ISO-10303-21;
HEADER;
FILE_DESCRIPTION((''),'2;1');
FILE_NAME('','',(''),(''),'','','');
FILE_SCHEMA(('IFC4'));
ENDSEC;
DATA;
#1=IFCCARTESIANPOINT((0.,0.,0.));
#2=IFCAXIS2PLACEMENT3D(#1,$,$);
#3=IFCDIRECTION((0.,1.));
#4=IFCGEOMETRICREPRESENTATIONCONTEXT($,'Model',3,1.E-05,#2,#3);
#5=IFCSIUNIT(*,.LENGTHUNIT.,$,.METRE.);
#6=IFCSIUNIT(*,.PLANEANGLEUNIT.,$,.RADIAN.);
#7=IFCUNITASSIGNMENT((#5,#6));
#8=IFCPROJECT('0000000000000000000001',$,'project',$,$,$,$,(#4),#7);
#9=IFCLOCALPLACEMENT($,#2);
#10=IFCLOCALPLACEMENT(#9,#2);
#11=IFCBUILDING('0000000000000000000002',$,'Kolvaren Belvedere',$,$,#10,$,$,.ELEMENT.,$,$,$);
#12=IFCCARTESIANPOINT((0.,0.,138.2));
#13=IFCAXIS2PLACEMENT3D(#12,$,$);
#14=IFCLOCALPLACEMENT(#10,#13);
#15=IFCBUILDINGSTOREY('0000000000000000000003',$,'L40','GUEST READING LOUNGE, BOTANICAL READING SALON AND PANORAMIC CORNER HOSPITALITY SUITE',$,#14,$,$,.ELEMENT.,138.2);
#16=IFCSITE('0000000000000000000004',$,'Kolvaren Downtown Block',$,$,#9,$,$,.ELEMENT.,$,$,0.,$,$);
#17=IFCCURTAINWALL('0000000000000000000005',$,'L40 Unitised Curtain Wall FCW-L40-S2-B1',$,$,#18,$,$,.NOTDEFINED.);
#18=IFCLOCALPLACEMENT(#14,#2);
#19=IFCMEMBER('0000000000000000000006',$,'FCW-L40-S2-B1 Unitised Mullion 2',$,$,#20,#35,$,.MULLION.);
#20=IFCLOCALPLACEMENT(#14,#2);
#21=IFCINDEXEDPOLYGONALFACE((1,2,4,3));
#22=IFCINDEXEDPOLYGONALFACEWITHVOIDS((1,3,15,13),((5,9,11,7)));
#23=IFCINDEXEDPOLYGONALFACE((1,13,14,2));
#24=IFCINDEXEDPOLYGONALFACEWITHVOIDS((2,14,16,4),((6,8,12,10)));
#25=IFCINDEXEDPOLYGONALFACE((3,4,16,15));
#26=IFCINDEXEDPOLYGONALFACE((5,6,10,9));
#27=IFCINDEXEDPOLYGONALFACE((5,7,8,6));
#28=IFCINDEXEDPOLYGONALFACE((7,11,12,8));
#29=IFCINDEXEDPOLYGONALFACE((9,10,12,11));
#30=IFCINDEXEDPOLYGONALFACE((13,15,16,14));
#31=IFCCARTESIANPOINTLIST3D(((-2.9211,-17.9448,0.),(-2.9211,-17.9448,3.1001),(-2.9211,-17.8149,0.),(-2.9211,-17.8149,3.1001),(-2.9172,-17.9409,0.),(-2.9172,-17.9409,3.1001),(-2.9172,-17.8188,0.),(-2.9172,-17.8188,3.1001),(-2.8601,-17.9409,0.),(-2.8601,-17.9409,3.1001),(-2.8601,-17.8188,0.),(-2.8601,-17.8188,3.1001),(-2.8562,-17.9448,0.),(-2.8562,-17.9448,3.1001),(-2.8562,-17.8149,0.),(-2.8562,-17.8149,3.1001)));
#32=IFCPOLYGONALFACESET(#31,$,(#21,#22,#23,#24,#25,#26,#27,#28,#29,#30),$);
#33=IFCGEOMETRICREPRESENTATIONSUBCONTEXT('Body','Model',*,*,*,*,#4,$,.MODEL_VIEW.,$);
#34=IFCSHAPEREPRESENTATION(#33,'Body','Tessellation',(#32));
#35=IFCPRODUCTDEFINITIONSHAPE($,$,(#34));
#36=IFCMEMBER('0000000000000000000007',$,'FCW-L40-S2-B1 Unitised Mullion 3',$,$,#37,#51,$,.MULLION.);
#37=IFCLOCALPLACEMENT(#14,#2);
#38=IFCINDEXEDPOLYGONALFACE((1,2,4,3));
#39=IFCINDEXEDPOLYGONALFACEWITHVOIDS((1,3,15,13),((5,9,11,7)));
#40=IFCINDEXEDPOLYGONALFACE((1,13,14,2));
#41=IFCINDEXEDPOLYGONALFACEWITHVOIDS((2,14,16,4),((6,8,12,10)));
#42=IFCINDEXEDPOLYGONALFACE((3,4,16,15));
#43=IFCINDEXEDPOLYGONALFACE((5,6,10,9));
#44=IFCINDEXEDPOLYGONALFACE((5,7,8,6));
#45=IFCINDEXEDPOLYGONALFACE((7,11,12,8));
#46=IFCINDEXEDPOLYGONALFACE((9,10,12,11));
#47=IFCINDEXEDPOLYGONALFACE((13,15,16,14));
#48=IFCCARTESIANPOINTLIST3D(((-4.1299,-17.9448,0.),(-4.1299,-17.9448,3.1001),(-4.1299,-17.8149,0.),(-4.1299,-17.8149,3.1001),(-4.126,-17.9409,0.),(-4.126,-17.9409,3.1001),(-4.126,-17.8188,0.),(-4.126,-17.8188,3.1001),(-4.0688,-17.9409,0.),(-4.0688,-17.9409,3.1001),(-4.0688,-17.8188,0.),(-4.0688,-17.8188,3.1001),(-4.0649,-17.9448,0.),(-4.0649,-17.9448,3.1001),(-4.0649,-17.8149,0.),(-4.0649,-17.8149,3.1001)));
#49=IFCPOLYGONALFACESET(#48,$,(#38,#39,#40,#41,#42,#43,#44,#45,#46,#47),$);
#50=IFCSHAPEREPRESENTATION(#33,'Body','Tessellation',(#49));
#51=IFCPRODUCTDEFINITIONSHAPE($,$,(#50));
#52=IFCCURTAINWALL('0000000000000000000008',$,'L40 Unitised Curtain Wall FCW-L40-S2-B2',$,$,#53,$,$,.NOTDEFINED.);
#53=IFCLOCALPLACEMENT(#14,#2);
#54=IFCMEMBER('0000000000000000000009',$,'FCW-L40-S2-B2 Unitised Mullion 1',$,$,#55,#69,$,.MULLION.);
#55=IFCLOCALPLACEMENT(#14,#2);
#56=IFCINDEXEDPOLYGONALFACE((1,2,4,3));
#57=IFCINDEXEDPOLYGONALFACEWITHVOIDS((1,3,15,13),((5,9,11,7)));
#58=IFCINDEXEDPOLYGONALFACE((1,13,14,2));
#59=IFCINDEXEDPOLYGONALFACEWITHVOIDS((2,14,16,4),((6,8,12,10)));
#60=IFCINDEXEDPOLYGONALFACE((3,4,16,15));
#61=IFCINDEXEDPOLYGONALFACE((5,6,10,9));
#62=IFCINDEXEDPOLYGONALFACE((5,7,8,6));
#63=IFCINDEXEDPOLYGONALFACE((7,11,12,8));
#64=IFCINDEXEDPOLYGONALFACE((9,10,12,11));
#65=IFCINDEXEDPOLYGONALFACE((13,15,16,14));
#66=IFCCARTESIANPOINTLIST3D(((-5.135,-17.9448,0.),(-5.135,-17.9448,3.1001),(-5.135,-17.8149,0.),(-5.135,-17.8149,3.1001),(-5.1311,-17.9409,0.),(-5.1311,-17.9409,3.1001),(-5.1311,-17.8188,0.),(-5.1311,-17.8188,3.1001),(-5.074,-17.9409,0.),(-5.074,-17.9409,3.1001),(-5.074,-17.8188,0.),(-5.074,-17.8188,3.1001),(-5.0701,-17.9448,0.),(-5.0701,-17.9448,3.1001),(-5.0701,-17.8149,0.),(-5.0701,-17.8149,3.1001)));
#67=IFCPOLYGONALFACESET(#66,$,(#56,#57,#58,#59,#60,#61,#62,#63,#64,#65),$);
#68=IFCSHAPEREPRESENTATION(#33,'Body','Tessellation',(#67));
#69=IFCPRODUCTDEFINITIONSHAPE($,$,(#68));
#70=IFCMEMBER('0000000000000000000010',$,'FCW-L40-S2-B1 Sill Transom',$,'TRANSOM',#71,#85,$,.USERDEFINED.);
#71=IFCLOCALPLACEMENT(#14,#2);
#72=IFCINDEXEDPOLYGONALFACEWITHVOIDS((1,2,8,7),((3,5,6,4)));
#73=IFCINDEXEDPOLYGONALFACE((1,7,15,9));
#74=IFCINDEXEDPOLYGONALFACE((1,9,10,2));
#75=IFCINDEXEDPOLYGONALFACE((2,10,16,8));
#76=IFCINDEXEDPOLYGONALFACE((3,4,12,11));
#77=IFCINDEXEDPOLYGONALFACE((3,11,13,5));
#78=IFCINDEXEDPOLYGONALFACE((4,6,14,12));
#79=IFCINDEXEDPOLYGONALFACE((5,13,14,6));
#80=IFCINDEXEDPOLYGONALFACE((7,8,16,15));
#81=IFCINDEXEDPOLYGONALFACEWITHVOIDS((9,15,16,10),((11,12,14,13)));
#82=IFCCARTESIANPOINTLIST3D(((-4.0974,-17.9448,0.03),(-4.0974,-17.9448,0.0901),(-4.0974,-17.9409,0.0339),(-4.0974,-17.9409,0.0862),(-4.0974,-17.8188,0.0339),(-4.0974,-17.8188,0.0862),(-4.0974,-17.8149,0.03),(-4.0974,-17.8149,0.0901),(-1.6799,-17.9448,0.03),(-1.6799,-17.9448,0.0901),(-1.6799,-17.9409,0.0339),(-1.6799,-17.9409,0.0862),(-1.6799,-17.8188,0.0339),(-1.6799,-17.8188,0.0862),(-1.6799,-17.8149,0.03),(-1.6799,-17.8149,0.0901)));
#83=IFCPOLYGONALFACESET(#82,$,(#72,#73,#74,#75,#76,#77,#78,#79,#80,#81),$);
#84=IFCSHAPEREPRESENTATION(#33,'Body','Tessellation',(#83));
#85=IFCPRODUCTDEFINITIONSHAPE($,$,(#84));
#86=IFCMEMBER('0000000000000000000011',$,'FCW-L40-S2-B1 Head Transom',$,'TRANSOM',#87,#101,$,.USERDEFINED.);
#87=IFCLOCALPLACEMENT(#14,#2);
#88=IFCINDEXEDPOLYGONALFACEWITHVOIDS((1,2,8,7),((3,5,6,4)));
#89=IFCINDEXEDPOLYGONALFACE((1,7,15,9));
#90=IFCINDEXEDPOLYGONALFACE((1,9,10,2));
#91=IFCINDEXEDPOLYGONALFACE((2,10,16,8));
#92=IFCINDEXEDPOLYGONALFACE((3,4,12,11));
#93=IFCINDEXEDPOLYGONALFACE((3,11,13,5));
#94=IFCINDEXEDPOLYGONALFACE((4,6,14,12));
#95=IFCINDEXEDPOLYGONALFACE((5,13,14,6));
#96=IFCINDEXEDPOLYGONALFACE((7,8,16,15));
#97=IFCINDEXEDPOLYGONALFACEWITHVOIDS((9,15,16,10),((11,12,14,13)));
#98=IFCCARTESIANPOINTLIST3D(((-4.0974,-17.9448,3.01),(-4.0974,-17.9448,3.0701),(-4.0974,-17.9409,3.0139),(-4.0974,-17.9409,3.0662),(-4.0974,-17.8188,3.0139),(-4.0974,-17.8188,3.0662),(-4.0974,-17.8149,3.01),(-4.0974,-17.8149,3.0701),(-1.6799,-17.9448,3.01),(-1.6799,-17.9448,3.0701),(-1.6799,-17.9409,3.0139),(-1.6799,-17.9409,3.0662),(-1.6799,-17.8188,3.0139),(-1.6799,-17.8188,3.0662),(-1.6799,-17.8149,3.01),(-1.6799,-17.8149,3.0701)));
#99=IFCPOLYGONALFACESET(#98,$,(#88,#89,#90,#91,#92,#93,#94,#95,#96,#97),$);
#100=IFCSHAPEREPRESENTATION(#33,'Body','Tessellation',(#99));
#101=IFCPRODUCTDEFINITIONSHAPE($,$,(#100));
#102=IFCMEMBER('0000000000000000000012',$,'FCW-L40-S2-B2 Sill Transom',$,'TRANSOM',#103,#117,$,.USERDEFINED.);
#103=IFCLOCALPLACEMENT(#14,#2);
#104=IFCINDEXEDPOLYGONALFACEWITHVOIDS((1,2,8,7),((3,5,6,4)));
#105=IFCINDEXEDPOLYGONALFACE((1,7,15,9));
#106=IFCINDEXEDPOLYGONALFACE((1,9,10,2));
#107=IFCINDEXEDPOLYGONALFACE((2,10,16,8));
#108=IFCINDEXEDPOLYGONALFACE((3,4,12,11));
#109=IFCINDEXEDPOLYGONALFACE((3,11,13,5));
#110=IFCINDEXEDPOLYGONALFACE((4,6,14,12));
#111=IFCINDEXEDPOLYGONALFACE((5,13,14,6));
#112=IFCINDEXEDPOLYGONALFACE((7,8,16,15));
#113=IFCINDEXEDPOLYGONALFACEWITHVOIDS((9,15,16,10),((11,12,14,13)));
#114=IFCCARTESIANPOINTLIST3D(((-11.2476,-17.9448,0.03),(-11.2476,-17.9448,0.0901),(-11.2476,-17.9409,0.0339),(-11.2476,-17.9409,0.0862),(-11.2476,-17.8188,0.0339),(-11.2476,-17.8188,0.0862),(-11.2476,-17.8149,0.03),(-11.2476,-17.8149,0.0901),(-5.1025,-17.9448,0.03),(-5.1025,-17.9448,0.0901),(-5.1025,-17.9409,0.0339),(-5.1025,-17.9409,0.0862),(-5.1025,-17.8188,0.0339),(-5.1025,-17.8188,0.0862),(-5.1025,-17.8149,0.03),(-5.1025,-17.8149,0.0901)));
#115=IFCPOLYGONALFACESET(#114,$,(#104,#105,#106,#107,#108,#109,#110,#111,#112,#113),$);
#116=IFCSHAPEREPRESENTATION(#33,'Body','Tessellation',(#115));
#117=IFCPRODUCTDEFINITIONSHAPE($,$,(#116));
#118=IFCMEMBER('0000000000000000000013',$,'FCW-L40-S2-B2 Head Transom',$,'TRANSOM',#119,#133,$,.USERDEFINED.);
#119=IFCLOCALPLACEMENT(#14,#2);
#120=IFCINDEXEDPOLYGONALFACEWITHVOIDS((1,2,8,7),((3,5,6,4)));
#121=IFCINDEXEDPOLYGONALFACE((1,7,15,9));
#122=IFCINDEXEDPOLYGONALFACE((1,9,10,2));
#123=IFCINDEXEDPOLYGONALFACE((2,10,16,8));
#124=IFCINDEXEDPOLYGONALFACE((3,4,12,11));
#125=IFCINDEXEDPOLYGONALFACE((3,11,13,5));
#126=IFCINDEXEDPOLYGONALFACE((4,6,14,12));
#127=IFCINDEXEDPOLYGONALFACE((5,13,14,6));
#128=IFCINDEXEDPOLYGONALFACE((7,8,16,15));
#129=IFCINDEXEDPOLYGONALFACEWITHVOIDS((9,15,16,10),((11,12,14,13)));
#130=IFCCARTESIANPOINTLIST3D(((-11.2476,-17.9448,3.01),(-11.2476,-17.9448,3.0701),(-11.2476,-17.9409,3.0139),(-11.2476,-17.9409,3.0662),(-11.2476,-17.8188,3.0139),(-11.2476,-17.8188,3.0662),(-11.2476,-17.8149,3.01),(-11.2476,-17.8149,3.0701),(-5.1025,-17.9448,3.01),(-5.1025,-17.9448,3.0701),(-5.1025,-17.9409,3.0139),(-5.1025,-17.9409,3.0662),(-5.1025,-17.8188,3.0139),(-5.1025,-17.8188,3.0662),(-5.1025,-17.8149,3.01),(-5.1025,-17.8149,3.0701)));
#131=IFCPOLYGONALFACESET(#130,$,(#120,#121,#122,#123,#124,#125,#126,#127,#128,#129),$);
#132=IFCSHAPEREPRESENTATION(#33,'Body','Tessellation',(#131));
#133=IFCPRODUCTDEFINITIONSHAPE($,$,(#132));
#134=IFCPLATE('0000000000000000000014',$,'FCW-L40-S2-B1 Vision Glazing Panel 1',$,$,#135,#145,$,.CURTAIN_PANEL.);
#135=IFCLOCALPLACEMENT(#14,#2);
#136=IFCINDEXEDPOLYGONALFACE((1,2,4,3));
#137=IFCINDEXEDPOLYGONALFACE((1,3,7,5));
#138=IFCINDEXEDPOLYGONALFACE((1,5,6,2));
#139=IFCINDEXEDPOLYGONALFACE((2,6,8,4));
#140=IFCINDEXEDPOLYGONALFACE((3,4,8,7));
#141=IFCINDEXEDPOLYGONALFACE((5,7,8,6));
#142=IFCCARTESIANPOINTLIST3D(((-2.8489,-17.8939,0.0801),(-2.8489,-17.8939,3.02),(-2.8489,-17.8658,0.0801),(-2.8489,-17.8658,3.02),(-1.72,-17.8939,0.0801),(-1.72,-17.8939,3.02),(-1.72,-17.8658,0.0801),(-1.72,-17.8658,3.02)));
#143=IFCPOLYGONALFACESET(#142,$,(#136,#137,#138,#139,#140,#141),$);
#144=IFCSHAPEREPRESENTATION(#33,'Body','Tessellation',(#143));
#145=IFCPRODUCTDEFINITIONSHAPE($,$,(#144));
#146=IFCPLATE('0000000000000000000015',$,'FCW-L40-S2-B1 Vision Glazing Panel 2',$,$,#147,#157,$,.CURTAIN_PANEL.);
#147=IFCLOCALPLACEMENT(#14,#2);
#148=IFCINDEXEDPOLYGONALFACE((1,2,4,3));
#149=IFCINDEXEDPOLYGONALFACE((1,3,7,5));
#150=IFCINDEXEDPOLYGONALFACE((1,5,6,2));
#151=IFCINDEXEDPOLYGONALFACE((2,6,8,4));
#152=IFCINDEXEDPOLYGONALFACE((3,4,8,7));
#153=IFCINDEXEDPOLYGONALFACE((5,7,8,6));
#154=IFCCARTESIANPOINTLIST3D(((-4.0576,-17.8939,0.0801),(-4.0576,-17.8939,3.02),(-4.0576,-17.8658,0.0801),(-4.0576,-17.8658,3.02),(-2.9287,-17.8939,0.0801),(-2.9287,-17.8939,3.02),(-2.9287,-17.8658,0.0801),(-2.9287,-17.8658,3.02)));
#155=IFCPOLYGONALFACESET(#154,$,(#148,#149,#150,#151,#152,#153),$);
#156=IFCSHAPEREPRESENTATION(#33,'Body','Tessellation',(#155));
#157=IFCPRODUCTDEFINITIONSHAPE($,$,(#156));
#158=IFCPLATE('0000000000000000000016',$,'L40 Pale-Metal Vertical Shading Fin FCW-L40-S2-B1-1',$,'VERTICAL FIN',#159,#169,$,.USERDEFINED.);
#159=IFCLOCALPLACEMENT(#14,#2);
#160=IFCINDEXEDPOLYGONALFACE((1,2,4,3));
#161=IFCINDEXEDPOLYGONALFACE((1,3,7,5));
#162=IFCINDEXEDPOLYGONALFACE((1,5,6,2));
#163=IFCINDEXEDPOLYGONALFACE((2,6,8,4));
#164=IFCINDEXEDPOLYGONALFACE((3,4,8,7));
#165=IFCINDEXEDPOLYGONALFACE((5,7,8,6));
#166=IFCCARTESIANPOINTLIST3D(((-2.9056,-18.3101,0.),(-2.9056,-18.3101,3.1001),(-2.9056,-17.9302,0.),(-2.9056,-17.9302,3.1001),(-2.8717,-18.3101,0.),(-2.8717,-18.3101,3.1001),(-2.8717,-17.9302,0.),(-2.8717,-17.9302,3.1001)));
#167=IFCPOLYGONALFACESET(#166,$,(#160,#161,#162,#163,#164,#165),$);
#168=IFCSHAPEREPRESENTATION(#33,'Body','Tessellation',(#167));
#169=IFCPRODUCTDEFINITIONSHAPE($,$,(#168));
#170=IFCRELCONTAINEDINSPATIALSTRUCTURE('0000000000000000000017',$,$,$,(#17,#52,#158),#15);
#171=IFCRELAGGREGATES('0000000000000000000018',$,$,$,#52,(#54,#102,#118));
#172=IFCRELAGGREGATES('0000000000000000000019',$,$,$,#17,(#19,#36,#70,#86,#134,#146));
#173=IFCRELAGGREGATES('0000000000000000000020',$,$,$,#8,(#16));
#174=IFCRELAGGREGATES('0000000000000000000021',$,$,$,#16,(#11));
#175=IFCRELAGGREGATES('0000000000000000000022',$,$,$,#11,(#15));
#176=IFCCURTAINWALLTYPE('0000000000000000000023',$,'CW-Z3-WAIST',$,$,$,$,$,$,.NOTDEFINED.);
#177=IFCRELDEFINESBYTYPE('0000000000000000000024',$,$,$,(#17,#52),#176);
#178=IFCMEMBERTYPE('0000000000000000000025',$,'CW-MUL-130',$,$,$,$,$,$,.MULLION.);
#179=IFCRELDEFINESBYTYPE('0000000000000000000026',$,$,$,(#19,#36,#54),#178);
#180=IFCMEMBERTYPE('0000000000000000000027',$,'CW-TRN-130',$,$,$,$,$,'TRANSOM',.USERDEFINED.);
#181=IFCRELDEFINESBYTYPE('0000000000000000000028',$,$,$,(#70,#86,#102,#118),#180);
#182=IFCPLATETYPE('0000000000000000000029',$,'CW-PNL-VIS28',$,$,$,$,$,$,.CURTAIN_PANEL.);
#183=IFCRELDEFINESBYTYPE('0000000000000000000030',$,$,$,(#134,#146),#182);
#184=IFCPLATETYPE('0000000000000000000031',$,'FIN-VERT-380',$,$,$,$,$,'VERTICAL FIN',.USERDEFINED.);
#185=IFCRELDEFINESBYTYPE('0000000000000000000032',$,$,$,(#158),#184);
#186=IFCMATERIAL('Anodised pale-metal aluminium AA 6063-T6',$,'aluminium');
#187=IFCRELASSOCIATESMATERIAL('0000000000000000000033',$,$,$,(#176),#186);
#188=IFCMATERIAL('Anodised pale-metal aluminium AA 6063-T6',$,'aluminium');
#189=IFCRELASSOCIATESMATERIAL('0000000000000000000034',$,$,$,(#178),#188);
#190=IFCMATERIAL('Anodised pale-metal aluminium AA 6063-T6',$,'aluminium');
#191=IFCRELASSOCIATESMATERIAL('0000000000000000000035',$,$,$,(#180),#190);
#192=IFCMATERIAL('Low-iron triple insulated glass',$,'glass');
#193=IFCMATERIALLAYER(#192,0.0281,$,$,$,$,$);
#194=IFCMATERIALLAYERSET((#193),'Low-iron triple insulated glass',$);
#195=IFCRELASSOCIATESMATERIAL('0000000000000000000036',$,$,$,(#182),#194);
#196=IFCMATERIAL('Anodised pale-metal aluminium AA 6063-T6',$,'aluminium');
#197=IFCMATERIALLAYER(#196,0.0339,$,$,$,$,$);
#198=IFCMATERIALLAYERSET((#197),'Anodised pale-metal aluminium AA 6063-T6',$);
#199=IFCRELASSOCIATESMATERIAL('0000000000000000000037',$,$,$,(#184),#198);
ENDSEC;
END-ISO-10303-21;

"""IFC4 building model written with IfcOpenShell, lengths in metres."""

from ifc_helpers import new_model, si_unit, direction, frame, origin, origin_2d, place, context, subcontext, project, spatial, rectangle, hollow_rectangle, extrude, material, layer, layer_set, material_profile, profile_set, type_object, element, aggregate, save


model = new_model("IFC4")

# Units and contexts
model_context = context("Model", 3, precision=1e-05, world=origin(), true_north=direction((0.0, 1.0)))
body_context = subcontext(model_context, "Body", "Model", "MODEL_VIEW")
ifc_project = project(units=[si_unit("LENGTHUNIT", "METRE"), si_unit("PLANEANGLEUNIT", "RADIAN")], contexts=[model_context])

# Site, building, storey
site_placement = place(None, origin())
site = spatial("IfcSite", under=ifc_project, at=site_placement, Name="Kolvaren Downtown Block", CompositionType="ELEMENT", RefElevation=0.0)
building_placement = place(site_placement, origin())
building = spatial("IfcBuilding", under=site, at=building_placement, Name="Kolvaren Belvedere", CompositionType="ELEMENT")
storey_placement = place(building_placement, frame((0.0, 0.0, 138.2)))
storey = spatial("IfcBuildingStorey", under=building, at=storey_placement, Name="L40", Description="GUEST READING LOUNGE, BOTANICAL READING SALON AND PANORAMIC CORNER HOSPITALITY SUITE", CompositionType="ELEMENT", Elevation=138.2)

# Curtain wall, members
ifc_material_1 = material(Name="Anodised pale-metal aluminium AA 6063-T6", Category="aluminium")
curtain_wall_type = type_object("IfcCurtainWallType", Name="CW-Z3-WAIST", PredefinedType="NOTDEFINED", material=ifc_material_1)
curtain_wall_1_placement = place(storey_placement, origin())
curtain_wall_1 = element("IfcCurtainWall", 1, at=curtain_wall_1_placement, inside=storey, type_object=curtain_wall_type, Name="L40 Unitised Curtain Wall FCW-L40-S2-B1", PredefinedType="NOTDEFINED")
ifc_material_2 = material(Name="Anodised pale-metal aluminium AA 6063-T6", Category="aluminium")
ifc_material_profile_1 = material_profile(ifc_material_2, hollow_rectangle(XDim=0.0649, YDim=0.1299, WallThickness=0.0039, at=origin_2d()), Name="ALU-MUL-130X65")
ifc_profile_set_1 = profile_set([ifc_material_profile_1], Name="Anodised pale-metal aluminium AA 6063-T6")
member_type_1 = type_object("IfcMemberType", Name="CW-MUL-130", PredefinedType="MULLION", material=ifc_profile_set_1)
member_1_placement = place(storey_placement, frame((-2.8887, -17.8799, 0.0), z_axis=(0.0, 0.0, 1.0), x_axis=(1.0, 0.0, 0.0)))
member_1 = element("IfcMember", 2, at=member_1_placement, type_object=member_type_1, Name="FCW-L40-S2-B1 Unitised Mullion 2", PredefinedType="MULLION", context=body_context, shape_type="SweptSolid", body=[
    extrude(hollow_rectangle(XDim=0.0649, YDim=0.1299, WallThickness=0.0039, at=origin_2d()), origin(), (0.0, 0.0, 1.0), 3.1001),
])
member_2_placement = place(storey_placement, frame((-4.0974, -17.8799, 0.0), z_axis=(0.0, 0.0, 1.0), x_axis=(1.0, 0.0, 0.0)))
member_2 = element("IfcMember", 3, at=member_2_placement, type_object=member_type_1, Name="FCW-L40-S2-B1 Unitised Mullion 3", PredefinedType="MULLION", context=body_context, shape_type="SweptSolid", body=[
    extrude(hollow_rectangle(XDim=0.0649, YDim=0.1299, WallThickness=0.0039, at=origin_2d()), origin(), (0.0, 0.0, 1.0), 3.1001),
])

# Curtain wall, member
curtain_wall_2_placement = place(storey_placement, origin())
curtain_wall_2 = element("IfcCurtainWall", 4, at=curtain_wall_2_placement, inside=storey, type_object=curtain_wall_type, Name="L40 Unitised Curtain Wall FCW-L40-S2-B2", PredefinedType="NOTDEFINED")
member_3_placement = place(storey_placement, frame((-5.1025, -17.8799, 0.0), z_axis=(0.0, 0.0, 1.0), x_axis=(1.0, 0.0, 0.0)))
member_3 = element("IfcMember", 5, at=member_3_placement, type_object=member_type_1, Name="FCW-L40-S2-B2 Unitised Mullion 1", PredefinedType="MULLION", context=body_context, shape_type="SweptSolid", body=[
    extrude(hollow_rectangle(XDim=0.0649, YDim=0.1299, WallThickness=0.0039, at=origin_2d()), origin(), (0.0, 0.0, 1.0), 3.1001),
])

# Members
ifc_material_3 = material(Name="Anodised pale-metal aluminium AA 6063-T6", Category="aluminium")
ifc_material_profile_2 = material_profile(ifc_material_3, hollow_rectangle(XDim=0.0601, YDim=0.1299, WallThickness=0.0039, at=origin_2d()), Name="ALU-TRN-130X60")
ifc_profile_set_2 = profile_set([ifc_material_profile_2], Name="Anodised pale-metal aluminium AA 6063-T6")
member_type_2 = type_object("IfcMemberType", Name="CW-TRN-130", ElementType="TRANSOM", PredefinedType="USERDEFINED", material=ifc_profile_set_2)
member_4_placement = place(storey_placement, frame((-1.6799, -17.8799, 0.0601), z_axis=(-1.0, 0.0, 0.0), x_axis=(0.0, 0.0, 1.0)))
member_4 = element("IfcMember", 6, at=member_4_placement, type_object=member_type_2, Name="FCW-L40-S2-B1 Sill Transom", ObjectType="TRANSOM", PredefinedType="USERDEFINED", context=body_context, shape_type="SweptSolid", body=[
    extrude(hollow_rectangle(XDim=0.0601, YDim=0.1299, WallThickness=0.0039, at=origin_2d()), origin(), (0.0, 0.0, 1.0), 2.4175),
])
member_5_placement = place(storey_placement, frame((-1.6799, -17.8799, 3.04), z_axis=(-1.0, 0.0, 0.0), x_axis=(0.0, 0.0, 1.0)))
member_5 = element("IfcMember", 7, at=member_5_placement, type_object=member_type_2, Name="FCW-L40-S2-B1 Head Transom", ObjectType="TRANSOM", PredefinedType="USERDEFINED", context=body_context, shape_type="SweptSolid", body=[
    extrude(hollow_rectangle(XDim=0.0601, YDim=0.1299, WallThickness=0.0039, at=origin_2d()), origin(), (0.0, 0.0, 1.0), 2.4175),
])
member_6_placement = place(storey_placement, frame((-5.1025, -17.8799, 0.0601), z_axis=(-1.0, 0.0, 0.0), x_axis=(0.0, 0.0, 1.0)))
member_6 = element("IfcMember", 8, at=member_6_placement, type_object=member_type_2, Name="FCW-L40-S2-B2 Sill Transom", ObjectType="TRANSOM", PredefinedType="USERDEFINED", context=body_context, shape_type="SweptSolid", body=[
    extrude(hollow_rectangle(XDim=0.0601, YDim=0.1299, WallThickness=0.0039, at=origin_2d()), origin(), (0.0, 0.0, 1.0), 6.145),
])
member_7_placement = place(storey_placement, frame((-5.1025, -17.8799, 3.04), z_axis=(-1.0, 0.0, 0.0), x_axis=(0.0, 0.0, 1.0)))
member_7 = element("IfcMember", 9, at=member_7_placement, type_object=member_type_2, Name="FCW-L40-S2-B2 Head Transom", ObjectType="TRANSOM", PredefinedType="USERDEFINED", context=body_context, shape_type="SweptSolid", body=[
    extrude(hollow_rectangle(XDim=0.0601, YDim=0.1299, WallThickness=0.0039, at=origin_2d()), origin(), (0.0, 0.0, 1.0), 6.145),
])
aggregate(curtain_wall_2, [member_3, member_6, member_7])

# Plates
ifc_material_4 = material(Name="Low-iron triple insulated glass", Category="glass")
ifc_layer_1 = layer(ifc_material_4, 0.0281)
ifc_layer_set_1 = layer_set([ifc_layer_1], Name="Low-iron triple insulated glass")
plate_type_1 = type_object("IfcPlateType", Name="CW-PNL-VIS28", PredefinedType="CURTAIN_PANEL", material=ifc_layer_set_1)
plate_1_placement = place(storey_placement, frame((-2.2844, -17.8799, 0.0801), z_axis=(0.0, 0.0, 1.0), x_axis=(-1.0, 0.0, 0.0)))
plate_1 = element("IfcPlate", 10, at=plate_1_placement, type_object=plate_type_1, Name="FCW-L40-S2-B1 Vision Glazing Panel 1", PredefinedType="CURTAIN_PANEL", context=body_context, shape_type="SweptSolid", body=[
    extrude(rectangle(XDim=1.1289, YDim=0.0281, at=origin_2d()), origin(), (0.0, 0.0, 1.0), 2.9399),
])
plate_2_placement = place(storey_placement, frame((-3.4932, -17.8799, 0.0801), z_axis=(0.0, 0.0, 1.0), x_axis=(-1.0, 0.0, 0.0)))
plate_2 = element("IfcPlate", 11, at=plate_2_placement, type_object=plate_type_1, Name="FCW-L40-S2-B1 Vision Glazing Panel 2", PredefinedType="CURTAIN_PANEL", context=body_context, shape_type="SweptSolid", body=[
    extrude(rectangle(XDim=1.1289, YDim=0.0281, at=origin_2d()), origin(), (0.0, 0.0, 1.0), 2.9399),
])
aggregate(curtain_wall_1, [member_1, member_2, member_4, member_5, plate_1, plate_2])
ifc_material_5 = material(Name="Anodised pale-metal aluminium AA 6063-T6", Category="aluminium")
ifc_layer_2 = layer(ifc_material_5, 0.0339)
ifc_layer_set_2 = layer_set([ifc_layer_2], Name="Anodised pale-metal aluminium AA 6063-T6")
plate_type_2 = type_object("IfcPlateType", Name="FIN-VERT-380", ElementType="VERTICAL FIN", PredefinedType="USERDEFINED", material=ifc_layer_set_2)
plate_3_placement = place(storey_placement, frame((-2.8887, -18.1201, 0.0), z_axis=(0.0, 0.0, 1.0), x_axis=(0.0, 1.0, 0.0)))
element("IfcPlate", 12, at=plate_3_placement, inside=storey, type_object=plate_type_2, Name="L40 Pale-Metal Vertical Shading Fin FCW-L40-S2-B1-1", ObjectType="VERTICAL FIN", PredefinedType="USERDEFINED", context=body_context, shape_type="SweptSolid", body=[
    extrude(rectangle(XDim=0.3799, YDim=0.0339, at=origin_2d()), origin(), (0.0, 0.0, 1.0), 3.1001),
])

save(model, "model.ifc")
